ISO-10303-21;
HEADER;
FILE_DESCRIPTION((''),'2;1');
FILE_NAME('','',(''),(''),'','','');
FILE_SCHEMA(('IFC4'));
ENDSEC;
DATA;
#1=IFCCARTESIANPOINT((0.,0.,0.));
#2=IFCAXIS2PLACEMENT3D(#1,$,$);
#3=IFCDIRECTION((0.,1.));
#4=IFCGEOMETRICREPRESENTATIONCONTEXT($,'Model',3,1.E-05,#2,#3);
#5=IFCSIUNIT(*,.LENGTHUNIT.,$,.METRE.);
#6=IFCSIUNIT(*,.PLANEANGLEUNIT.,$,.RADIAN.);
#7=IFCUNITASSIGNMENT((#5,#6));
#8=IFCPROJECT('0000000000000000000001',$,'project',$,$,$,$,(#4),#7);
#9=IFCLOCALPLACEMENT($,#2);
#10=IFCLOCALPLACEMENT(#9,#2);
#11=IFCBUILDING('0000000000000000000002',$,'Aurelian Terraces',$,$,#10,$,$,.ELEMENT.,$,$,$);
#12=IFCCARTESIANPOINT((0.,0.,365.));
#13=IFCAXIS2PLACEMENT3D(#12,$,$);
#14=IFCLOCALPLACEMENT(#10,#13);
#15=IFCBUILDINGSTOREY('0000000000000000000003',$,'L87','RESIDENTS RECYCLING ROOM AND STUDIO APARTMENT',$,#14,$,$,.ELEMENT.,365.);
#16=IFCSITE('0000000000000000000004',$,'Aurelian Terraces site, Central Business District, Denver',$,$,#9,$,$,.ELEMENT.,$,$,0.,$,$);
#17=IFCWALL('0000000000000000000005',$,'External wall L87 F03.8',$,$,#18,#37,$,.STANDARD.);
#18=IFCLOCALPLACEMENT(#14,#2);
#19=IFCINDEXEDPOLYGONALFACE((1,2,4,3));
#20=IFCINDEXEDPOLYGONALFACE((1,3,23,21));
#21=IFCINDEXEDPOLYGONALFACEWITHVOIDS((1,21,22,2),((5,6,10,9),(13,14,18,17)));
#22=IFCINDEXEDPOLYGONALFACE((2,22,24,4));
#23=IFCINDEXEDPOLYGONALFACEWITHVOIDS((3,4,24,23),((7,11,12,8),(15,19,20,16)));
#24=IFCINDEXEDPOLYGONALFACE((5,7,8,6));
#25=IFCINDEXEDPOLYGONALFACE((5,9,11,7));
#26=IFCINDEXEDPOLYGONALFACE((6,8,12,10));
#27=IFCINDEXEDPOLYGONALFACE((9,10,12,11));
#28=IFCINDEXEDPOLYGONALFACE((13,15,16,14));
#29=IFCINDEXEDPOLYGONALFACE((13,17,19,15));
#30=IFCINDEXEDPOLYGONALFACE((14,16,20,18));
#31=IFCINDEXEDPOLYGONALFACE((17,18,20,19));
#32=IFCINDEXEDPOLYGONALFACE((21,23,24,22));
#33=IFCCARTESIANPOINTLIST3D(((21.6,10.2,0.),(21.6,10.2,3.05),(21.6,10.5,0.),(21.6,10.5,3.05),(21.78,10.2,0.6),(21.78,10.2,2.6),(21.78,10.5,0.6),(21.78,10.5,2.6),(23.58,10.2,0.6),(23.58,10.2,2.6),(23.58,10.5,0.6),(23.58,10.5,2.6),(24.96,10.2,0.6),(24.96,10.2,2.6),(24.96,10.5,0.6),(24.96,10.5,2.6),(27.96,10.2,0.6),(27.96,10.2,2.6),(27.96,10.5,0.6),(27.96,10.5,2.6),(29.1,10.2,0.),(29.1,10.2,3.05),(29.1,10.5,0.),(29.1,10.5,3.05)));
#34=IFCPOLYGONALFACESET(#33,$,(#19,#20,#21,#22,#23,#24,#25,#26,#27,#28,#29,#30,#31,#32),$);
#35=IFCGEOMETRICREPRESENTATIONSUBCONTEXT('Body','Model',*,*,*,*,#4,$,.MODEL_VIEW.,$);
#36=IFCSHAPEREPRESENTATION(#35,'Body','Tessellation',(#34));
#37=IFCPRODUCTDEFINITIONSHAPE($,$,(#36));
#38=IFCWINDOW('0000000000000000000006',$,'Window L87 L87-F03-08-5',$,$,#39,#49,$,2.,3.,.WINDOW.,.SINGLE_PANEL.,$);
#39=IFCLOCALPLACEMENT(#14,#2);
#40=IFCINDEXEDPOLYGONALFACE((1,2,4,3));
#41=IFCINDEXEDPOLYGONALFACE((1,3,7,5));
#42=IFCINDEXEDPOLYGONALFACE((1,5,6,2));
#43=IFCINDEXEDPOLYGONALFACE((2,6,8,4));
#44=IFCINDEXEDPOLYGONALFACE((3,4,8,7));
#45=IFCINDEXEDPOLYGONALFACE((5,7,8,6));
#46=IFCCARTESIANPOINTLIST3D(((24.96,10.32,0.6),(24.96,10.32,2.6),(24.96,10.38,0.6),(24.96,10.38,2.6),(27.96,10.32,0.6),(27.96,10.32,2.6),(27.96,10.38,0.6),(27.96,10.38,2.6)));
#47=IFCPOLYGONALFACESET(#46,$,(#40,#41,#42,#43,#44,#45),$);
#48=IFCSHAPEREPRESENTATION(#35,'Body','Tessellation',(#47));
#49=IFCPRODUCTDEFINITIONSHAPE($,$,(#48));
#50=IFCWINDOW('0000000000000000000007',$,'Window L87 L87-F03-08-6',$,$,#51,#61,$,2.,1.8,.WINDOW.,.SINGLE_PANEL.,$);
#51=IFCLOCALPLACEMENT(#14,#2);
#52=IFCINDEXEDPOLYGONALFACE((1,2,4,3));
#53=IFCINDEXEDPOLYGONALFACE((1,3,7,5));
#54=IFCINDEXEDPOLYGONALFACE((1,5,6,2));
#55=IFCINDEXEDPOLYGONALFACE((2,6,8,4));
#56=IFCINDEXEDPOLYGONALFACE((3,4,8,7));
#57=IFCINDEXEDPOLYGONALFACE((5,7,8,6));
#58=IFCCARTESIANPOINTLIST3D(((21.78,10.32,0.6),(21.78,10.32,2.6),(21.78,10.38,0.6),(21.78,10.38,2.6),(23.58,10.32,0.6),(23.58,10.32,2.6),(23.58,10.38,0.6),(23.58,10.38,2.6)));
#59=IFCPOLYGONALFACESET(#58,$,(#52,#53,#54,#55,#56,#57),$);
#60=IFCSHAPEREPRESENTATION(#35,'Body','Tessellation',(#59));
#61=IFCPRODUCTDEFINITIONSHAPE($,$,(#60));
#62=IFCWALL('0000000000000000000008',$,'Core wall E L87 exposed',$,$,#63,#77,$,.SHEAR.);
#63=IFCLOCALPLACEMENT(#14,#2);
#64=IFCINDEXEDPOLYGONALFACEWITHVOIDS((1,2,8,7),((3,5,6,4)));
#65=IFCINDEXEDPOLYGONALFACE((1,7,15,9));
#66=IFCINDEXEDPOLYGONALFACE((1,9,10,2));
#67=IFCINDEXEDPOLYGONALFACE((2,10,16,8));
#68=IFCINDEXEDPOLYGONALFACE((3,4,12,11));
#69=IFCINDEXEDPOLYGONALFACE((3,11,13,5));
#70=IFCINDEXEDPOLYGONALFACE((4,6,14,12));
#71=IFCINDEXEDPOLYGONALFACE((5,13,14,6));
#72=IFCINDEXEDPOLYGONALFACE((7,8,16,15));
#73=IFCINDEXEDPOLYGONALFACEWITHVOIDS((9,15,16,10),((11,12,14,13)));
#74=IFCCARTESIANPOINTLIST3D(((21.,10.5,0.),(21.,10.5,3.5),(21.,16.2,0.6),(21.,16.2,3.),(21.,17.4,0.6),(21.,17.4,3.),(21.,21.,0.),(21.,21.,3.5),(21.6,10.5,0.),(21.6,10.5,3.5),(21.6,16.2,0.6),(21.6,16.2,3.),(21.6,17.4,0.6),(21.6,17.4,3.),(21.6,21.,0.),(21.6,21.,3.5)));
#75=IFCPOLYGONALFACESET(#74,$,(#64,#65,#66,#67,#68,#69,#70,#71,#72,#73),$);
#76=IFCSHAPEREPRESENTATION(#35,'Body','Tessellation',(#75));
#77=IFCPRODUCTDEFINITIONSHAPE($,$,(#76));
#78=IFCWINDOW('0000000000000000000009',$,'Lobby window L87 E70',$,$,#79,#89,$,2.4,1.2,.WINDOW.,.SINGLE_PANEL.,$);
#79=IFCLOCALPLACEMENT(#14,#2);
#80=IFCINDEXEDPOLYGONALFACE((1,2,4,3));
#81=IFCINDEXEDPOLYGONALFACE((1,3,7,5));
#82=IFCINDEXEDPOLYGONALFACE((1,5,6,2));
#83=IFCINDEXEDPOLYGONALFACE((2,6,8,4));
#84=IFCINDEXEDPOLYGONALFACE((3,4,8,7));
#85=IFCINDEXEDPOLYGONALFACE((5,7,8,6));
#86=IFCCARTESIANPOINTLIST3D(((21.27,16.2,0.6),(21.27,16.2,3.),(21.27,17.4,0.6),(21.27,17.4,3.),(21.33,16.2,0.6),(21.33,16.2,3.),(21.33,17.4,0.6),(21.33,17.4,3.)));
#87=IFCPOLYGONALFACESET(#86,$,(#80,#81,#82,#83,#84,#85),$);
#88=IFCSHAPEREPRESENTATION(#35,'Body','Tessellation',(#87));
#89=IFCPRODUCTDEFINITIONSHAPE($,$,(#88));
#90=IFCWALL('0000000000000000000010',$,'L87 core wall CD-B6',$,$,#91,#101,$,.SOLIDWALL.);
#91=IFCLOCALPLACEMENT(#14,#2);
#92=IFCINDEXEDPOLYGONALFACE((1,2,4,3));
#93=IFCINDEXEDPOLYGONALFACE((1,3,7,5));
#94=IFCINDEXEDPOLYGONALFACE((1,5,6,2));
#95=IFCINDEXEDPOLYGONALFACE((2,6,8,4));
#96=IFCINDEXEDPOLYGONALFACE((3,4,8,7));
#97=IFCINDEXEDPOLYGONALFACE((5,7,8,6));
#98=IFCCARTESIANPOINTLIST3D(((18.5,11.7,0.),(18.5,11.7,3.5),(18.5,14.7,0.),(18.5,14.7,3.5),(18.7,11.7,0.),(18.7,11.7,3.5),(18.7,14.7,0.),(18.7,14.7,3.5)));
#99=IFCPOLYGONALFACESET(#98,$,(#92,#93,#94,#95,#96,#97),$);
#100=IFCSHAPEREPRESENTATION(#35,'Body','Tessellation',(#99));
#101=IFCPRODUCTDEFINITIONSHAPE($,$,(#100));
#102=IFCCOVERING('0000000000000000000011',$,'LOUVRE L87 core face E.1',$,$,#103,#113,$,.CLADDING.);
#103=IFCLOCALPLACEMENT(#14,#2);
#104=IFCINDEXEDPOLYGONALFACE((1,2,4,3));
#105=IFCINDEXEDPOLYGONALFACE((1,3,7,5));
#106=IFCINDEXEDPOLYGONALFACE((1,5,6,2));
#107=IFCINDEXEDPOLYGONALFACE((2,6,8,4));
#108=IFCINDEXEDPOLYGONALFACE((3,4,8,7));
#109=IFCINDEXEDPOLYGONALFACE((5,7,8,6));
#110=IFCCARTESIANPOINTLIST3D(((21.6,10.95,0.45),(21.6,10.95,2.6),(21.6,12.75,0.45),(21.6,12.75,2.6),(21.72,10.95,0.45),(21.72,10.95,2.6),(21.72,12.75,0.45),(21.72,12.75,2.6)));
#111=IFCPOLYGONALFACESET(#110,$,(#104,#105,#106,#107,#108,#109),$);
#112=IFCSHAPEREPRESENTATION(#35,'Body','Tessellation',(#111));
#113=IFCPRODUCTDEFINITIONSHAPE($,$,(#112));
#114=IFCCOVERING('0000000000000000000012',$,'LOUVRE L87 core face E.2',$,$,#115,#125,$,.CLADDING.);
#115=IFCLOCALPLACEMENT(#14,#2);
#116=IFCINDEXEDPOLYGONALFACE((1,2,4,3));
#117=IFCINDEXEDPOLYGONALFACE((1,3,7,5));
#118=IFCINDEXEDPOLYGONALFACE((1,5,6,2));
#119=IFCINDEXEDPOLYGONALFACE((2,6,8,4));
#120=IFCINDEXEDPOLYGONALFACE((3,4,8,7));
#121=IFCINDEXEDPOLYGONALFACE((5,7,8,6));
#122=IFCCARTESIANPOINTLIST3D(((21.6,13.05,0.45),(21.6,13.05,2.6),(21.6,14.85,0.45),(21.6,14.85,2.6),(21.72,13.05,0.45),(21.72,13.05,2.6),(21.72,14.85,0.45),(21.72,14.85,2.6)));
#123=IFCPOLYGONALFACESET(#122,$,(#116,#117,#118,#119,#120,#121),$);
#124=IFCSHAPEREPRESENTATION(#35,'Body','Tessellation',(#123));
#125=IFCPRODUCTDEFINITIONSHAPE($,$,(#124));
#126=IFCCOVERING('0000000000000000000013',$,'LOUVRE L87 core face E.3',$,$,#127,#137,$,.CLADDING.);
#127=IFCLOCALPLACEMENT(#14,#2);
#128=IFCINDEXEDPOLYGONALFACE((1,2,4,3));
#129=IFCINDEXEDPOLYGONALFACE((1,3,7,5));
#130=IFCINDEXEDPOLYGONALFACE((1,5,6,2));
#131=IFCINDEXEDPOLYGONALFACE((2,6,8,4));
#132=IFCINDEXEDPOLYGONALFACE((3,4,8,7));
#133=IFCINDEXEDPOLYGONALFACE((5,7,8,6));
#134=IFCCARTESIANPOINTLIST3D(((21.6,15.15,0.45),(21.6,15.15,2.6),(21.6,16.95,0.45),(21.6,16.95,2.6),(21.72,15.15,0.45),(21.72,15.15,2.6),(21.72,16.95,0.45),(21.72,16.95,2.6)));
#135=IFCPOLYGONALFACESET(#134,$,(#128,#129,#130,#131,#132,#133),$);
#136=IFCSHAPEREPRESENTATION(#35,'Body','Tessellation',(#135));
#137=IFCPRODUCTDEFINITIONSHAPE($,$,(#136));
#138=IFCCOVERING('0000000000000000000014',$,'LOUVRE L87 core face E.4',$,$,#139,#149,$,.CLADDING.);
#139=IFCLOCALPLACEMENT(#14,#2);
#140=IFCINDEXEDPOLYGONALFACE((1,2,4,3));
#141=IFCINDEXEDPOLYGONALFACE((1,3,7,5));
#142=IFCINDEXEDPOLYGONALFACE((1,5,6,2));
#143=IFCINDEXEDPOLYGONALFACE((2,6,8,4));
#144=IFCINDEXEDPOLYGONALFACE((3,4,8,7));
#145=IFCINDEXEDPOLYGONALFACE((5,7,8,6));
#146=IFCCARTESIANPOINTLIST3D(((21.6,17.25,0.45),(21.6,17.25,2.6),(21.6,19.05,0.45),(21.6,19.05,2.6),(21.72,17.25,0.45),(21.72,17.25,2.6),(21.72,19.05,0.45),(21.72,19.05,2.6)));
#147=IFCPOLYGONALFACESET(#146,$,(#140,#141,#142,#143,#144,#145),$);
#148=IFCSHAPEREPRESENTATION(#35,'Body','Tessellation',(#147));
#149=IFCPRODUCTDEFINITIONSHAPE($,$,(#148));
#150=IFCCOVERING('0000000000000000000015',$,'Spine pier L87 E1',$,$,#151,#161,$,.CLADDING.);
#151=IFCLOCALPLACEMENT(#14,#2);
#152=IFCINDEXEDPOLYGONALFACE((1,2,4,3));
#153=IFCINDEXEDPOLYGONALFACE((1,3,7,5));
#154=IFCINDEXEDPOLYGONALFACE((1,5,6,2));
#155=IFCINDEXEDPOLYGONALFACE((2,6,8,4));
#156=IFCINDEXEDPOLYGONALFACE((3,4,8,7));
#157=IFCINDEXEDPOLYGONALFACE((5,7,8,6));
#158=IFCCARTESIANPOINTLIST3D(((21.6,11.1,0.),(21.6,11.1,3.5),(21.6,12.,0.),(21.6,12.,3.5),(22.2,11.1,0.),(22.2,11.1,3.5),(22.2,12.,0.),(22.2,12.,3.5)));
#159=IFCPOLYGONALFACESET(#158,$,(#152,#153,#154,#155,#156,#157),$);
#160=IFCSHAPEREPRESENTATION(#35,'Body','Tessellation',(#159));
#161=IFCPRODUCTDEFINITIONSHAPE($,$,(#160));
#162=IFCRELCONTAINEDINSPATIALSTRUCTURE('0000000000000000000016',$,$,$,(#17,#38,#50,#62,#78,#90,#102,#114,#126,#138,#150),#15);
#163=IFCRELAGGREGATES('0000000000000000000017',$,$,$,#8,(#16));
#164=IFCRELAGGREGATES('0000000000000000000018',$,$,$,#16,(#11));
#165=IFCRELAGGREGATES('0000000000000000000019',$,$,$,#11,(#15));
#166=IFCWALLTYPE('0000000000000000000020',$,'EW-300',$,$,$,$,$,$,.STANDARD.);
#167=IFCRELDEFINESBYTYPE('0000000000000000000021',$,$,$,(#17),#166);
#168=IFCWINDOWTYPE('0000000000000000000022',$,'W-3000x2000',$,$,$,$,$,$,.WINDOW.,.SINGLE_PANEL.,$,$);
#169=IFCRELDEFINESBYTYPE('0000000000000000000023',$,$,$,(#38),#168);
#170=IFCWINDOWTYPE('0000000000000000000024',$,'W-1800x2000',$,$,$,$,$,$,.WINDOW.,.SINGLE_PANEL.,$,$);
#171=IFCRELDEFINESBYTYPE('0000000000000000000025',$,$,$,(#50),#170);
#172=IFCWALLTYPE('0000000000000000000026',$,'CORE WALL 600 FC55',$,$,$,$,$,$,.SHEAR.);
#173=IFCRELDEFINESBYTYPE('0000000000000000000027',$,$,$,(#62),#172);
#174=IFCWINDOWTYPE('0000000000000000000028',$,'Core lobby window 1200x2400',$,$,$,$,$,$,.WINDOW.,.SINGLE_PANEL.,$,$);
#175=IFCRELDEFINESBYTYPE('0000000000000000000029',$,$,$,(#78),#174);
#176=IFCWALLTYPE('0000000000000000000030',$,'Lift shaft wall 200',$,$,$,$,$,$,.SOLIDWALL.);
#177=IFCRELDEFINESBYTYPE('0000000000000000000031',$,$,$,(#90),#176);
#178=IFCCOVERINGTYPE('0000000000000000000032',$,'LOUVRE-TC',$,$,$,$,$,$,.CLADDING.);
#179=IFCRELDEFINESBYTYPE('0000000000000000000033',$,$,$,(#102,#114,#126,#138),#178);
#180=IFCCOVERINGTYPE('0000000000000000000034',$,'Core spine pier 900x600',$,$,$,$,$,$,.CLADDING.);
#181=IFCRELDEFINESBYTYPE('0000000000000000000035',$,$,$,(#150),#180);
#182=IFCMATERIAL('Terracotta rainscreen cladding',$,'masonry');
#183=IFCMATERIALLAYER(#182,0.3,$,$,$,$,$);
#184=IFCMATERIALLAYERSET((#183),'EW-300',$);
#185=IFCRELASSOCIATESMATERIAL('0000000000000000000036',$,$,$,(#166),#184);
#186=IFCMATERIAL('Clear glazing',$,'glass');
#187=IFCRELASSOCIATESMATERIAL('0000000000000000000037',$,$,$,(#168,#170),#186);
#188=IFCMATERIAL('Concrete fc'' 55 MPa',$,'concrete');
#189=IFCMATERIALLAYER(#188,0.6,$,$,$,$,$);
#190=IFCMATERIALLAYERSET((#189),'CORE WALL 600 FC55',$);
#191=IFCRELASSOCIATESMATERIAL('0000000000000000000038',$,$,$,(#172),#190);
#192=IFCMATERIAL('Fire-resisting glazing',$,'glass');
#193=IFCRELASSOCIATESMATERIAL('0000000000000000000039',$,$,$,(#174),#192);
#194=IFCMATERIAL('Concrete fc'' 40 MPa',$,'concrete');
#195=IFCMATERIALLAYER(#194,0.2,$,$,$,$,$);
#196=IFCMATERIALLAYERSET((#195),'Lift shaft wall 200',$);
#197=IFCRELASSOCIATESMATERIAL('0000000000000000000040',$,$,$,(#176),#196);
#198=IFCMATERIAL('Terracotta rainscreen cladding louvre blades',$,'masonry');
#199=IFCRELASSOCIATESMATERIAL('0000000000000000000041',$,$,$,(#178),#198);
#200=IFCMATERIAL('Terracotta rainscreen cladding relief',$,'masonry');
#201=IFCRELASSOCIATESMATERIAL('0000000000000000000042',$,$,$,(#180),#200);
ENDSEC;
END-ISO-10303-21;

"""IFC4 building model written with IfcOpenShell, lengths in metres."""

from ifc_helpers import new_model, si_unit, direction, frame, frame_2d, origin, origin_2d, place, context, subcontext, project, spatial, rectangle, extrude, source, transform, mapped, material, layer, layer_set, type_object, element, fill, save


model = new_model("IFC4")

# Units and contexts
model_context = context("Model", 3, precision=1e-05, world=origin(), true_north=direction((0.0, 1.0)))
body_context = subcontext(model_context, "Body", "Model", "MODEL_VIEW")
ifc_project = project(units=[si_unit("LENGTHUNIT", "METRE"), si_unit("PLANEANGLEUNIT", "RADIAN")], contexts=[model_context])

# Site, building, storey
site_placement = place(None, origin())
site = spatial("IfcSite", under=ifc_project, at=site_placement, Name="Aurelian Terraces site, Central Business District, Denver", CompositionType="ELEMENT", RefElevation=0.0)
building_placement = place(site_placement, origin())
building = spatial("IfcBuilding", under=site, at=building_placement, Name="Aurelian Terraces", CompositionType="ELEMENT")
storey_placement = place(building_placement, frame((0.0, 0.0, 365.0)))
storey = spatial("IfcBuildingStorey", under=building, at=storey_placement, Name="L87", Description="RESIDENTS RECYCLING ROOM AND STUDIO APARTMENT", CompositionType="ELEMENT", Elevation=365.0)

# Wall, openings, windows
ifc_material_1 = material(Name="Terracotta rainscreen cladding", Category="masonry")
ifc_layer_1 = layer(ifc_material_1, 0.3)
ifc_layer_set_1 = layer_set([ifc_layer_1], Name="EW-300")
wall_type_1 = type_object("IfcWallType", Name="EW-300", PredefinedType="STANDARD", material=ifc_layer_set_1)
wall_1_placement = place(storey_placement, frame((29.1, 10.35, 0.0), z_axis=(0.0, 0.0, 1.0), x_axis=(-1.0, 0.0, 0.0)))
wall_1 = element("IfcWall", 1, at=wall_1_placement, inside=storey, type_object=wall_type_1, Name="External wall L87 F03.8", PredefinedType="STANDARD", context=body_context, shape_type="SweptSolid", body=[
    extrude(rectangle(XDim=7.5, YDim=0.3, at=frame_2d((3.75, 0.0))), origin(), (0.0, 0.0, 1.0), 3.05),
])
shared_shape_1 = source(origin(), body_context, "Body", "SweptSolid", [
    extrude(rectangle(XDim=3.0, YDim=2.0, at=frame_2d((1.5, 1.0))), frame((0.0, 0.16, 0.0), z_axis=(0.0, -1.0, 0.0), x_axis=(1.0, 0.0, 0.0)), (0.0, 0.0, 1.0), 0.32),
])
opening_1_placement = place(wall_1_placement, frame((1.14, 0.0, 0.6)))
opening_1 = element("IfcOpeningElement", 2, at=opening_1_placement, cuts=wall_1, PredefinedType="OPENING", context=body_context, shape_type="MappedRepresentation", body=[
    mapped(shared_shape_1, transform((0.0, 0.0, 0.0), scale=1.0)),
])
shared_shape_2 = source(origin(), body_context, "Body", "SweptSolid", [
    extrude(rectangle(XDim=1.8, YDim=2.0, at=frame_2d((0.9, 1.0))), frame((0.0, 0.16, 0.0), z_axis=(0.0, -1.0, 0.0), x_axis=(1.0, 0.0, 0.0)), (0.0, 0.0, 1.0), 0.32),
])
opening_2_placement = place(wall_1_placement, frame((5.52, 0.0, 0.6)))
opening_2 = element("IfcOpeningElement", 3, at=opening_2_placement, cuts=wall_1, PredefinedType="OPENING", context=body_context, shape_type="MappedRepresentation", body=[
    mapped(shared_shape_2, transform((0.0, 0.0, 0.0), scale=1.0)),
])
ifc_material_2 = material(Name="Clear glazing", Category="glass")
window_type_1 = type_object("IfcWindowType", Name="W-3000x2000", PartitioningType="SINGLE_PANEL", PredefinedType="WINDOW", material=ifc_material_2)
shared_shape_3 = source(origin(), body_context, "Body", "SweptSolid", [
    extrude(rectangle(XDim=3.0, YDim=2.0, at=frame_2d((1.5, 1.0))), frame((0.0, 0.03, 0.0), z_axis=(0.0, -1.0, 0.0), x_axis=(1.0, 0.0, 0.0)), (0.0, 0.0, 1.0), 0.06),
])
window_1_placement = place(opening_1_placement, origin())
window_1 = element("IfcWindow", 4, at=window_1_placement, inside=storey, type_object=window_type_1, Name="Window L87 L87-F03-08-5", OverallHeight=2.0, OverallWidth=3.0, PartitioningType="SINGLE_PANEL", PredefinedType="WINDOW", context=body_context, shape_type="MappedRepresentation", body=[
    mapped(shared_shape_3, transform((0.0, 0.0, 0.0), scale=1.0)),
])
fill(opening_1, window_1)
window_type_2 = type_object("IfcWindowType", Name="W-1800x2000", PartitioningType="SINGLE_PANEL", PredefinedType="WINDOW", material=ifc_material_2)
shared_shape_4 = source(origin(), body_context, "Body", "SweptSolid", [
    extrude(rectangle(XDim=1.8, YDim=2.0, at=frame_2d((0.9, 1.0))), frame((0.0, 0.03, 0.0), z_axis=(0.0, -1.0, 0.0), x_axis=(1.0, 0.0, 0.0)), (0.0, 0.0, 1.0), 0.06),
])
window_2_placement = place(opening_2_placement, origin())
window_2 = element("IfcWindow", 5, at=window_2_placement, inside=storey, type_object=window_type_2, Name="Window L87 L87-F03-08-6", OverallHeight=2.0, OverallWidth=1.8, PartitioningType="SINGLE_PANEL", PredefinedType="WINDOW", context=body_context, shape_type="MappedRepresentation", body=[
    mapped(shared_shape_4, transform((0.0, 0.0, 0.0), scale=1.0)),
])
fill(opening_2, window_2)

# Wall, opening, window
ifc_material_3 = material(Name="Concrete fc' 55 MPa", Category="concrete")
ifc_layer_2 = layer(ifc_material_3, 0.6)
ifc_layer_set_2 = layer_set([ifc_layer_2], Name="CORE WALL 600 FC55")
wall_type_2 = type_object("IfcWallType", Name="CORE WALL 600 FC55", PredefinedType="SHEAR", material=ifc_layer_set_2)
shared_shape_5 = source(origin(), body_context, "Body", "SweptSolid", [
    extrude(rectangle(XDim=10.5, YDim=0.6, at=frame_2d((5.25, 0.0))), origin(), (0.0, 0.0, 1.0), 3.5),
])
wall_2_placement = place(storey_placement, frame((21.3, 10.5, 0.0), z_axis=(0.0, 0.0, 1.0), x_axis=(0.0, 1.0, 0.0)))
wall_2 = element("IfcWall", 6, at=wall_2_placement, inside=storey, type_object=wall_type_2, Name="Core wall E L87 exposed", PredefinedType="SHEAR", context=body_context, shape_type="MappedRepresentation", body=[
    mapped(shared_shape_5, transform((0.0, 0.0, 0.0), scale=1.0)),
])
shared_shape_6 = source(origin(), body_context, "Body", "SweptSolid", [
    extrude(rectangle(XDim=1.2, YDim=2.4, at=frame_2d((0.6, 1.2))), frame((0.0, 0.31, 0.0), z_axis=(0.0, -1.0, 0.0), x_axis=(1.0, 0.0, 0.0)), (0.0, 0.0, 1.0), 0.62),
])
opening_3_placement = place(wall_2_placement, frame((5.7, 0.0, 0.6)))
opening_3 = element("IfcOpeningElement", 7, at=opening_3_placement, cuts=wall_2, PredefinedType="OPENING", context=body_context, shape_type="MappedRepresentation", body=[
    mapped(shared_shape_6, transform((0.0, 0.0, 0.0), scale=1.0)),
])
ifc_material_4 = material(Name="Fire-resisting glazing", Category="glass")
window_type_3 = type_object("IfcWindowType", Name="Core lobby window 1200x2400", PartitioningType="SINGLE_PANEL", PredefinedType="WINDOW", material=ifc_material_4)
shared_shape_7 = source(origin(), body_context, "Body", "SweptSolid", [
    extrude(rectangle(XDim=1.2, YDim=2.4, at=frame_2d((0.6, 1.2))), frame((0.0, 0.03, 0.0), z_axis=(0.0, -1.0, 0.0), x_axis=(1.0, 0.0, 0.0)), (0.0, 0.0, 1.0), 0.06),
])
window_3_placement = place(opening_3_placement, origin())
window_3 = element("IfcWindow", 8, at=window_3_placement, inside=storey, type_object=window_type_3, Name="Lobby window L87 E70", OverallHeight=2.4, OverallWidth=1.2, PartitioningType="SINGLE_PANEL", PredefinedType="WINDOW", context=body_context, shape_type="MappedRepresentation", body=[
    mapped(shared_shape_7, transform((0.0, 0.0, 0.0), scale=1.0)),
])
fill(opening_3, window_3)

# Wall
ifc_material_5 = material(Name="Concrete fc' 40 MPa", Category="concrete")
ifc_layer_3 = layer(ifc_material_5, 0.2)
ifc_layer_set_3 = layer_set([ifc_layer_3], Name="Lift shaft wall 200")
wall_type_3 = type_object("IfcWallType", Name="Lift shaft wall 200", PredefinedType="SOLIDWALL", material=ifc_layer_set_3)
shared_shape_8 = source(origin(), body_context, "Body", "SweptSolid", [
    extrude(rectangle(XDim=3.0, YDim=0.2, at=frame_2d((1.5, 0.0))), origin(), (0.0, 0.0, 1.0), 3.5),
])
wall_3_placement = place(storey_placement, frame((18.6, 11.7, 0.0), z_axis=(0.0, 0.0, 1.0), x_axis=(0.0, 1.0, 0.0)))
element("IfcWall", 9, at=wall_3_placement, inside=storey, type_object=wall_type_3, Name="L87 core wall CD-B6", PredefinedType="SOLIDWALL", context=body_context, shape_type="MappedRepresentation", body=[
    mapped(shared_shape_8, transform((0.0, 0.0, 0.0), scale=1.0)),
])

# Coverings
ifc_material_6 = material(Name="Terracotta rainscreen cladding louvre blades", Category="masonry")
covering_type_1 = type_object("IfcCoveringType", Name="LOUVRE-TC", PredefinedType="CLADDING", material=ifc_material_6)
covering_placement = place(storey_placement, frame((21.66, 11.85, 0.45), z_axis=(0.0, 0.0, 1.0), x_axis=(1.0, 0.0, 0.0)))
element("IfcCovering", 10, at=covering_placement, inside=storey, type_object=covering_type_1, Name="LOUVRE L87 core face E.1", PredefinedType="CLADDING", context=body_context, shape_type="SweptSolid", body=[
    extrude(rectangle(XDim=0.12, YDim=1.8, at=origin_2d()), origin(), (0.0, 0.0, 1.0), 2.15),
])
shared_shape_9 = source(origin(), body_context, "Body", "SweptSolid", [
    extrude(rectangle(XDim=0.12, YDim=1.8, at=origin_2d()), origin(), (0.0, 0.0, 1.0), 2.15),
])
for number, where, z_axis, x_axis, name in (
    (11, (21.66, 13.95, 0.45), (0.0, 0.0, 1.0), (1.0, 0.0, 0.0), "LOUVRE L87 core face E.2"),
    (12, (21.66, 16.05, 0.45), (0.0, 0.0, 1.0), (1.0, 0.0, 0.0), "LOUVRE L87 core face E.3"),
    (13, (21.66, 18.15, 0.45), (0.0, 0.0, 1.0), (1.0, 0.0, 0.0), "LOUVRE L87 core face E.4"),
):
    element("IfcCovering", number, at=place(storey_placement, frame(where, z_axis=z_axis, x_axis=x_axis)), inside=storey, type_object=covering_type_1, Name=name, PredefinedType="CLADDING", context=body_context, shape_type="MappedRepresentation", body=[
        mapped(shared_shape_9, transform((0.0, 0.0, 0.0), scale=1.0)),
    ])
ifc_material_7 = material(Name="Terracotta rainscreen cladding relief", Category="masonry")
covering_type_2 = type_object("IfcCoveringType", Name="Core spine pier 900x600", PredefinedType="CLADDING", material=ifc_material_7)
shared_shape_10 = source(origin(), body_context, "Body", "SweptSolid", [
    extrude(rectangle(XDim=0.6, YDim=0.9, at=origin_2d()), origin(), (0.0, 0.0, 1.0), 3.5),
])
for number, where, z_axis, x_axis, name in (
    (14, (21.9, 11.55, 0.0), (0.0, 0.0, 1.0), (1.0, 0.0, 0.0), "Spine pier L87 E1"),
):
    element("IfcCovering", number, at=place(storey_placement, frame(where, z_axis=z_axis, x_axis=x_axis)), inside=storey, type_object=covering_type_2, Name=name, PredefinedType="CLADDING", context=body_context, shape_type="MappedRepresentation", body=[
        mapped(shared_shape_10, transform((0.0, 0.0, 0.0), scale=1.0)),
    ])

save(model, "model.ifc")
